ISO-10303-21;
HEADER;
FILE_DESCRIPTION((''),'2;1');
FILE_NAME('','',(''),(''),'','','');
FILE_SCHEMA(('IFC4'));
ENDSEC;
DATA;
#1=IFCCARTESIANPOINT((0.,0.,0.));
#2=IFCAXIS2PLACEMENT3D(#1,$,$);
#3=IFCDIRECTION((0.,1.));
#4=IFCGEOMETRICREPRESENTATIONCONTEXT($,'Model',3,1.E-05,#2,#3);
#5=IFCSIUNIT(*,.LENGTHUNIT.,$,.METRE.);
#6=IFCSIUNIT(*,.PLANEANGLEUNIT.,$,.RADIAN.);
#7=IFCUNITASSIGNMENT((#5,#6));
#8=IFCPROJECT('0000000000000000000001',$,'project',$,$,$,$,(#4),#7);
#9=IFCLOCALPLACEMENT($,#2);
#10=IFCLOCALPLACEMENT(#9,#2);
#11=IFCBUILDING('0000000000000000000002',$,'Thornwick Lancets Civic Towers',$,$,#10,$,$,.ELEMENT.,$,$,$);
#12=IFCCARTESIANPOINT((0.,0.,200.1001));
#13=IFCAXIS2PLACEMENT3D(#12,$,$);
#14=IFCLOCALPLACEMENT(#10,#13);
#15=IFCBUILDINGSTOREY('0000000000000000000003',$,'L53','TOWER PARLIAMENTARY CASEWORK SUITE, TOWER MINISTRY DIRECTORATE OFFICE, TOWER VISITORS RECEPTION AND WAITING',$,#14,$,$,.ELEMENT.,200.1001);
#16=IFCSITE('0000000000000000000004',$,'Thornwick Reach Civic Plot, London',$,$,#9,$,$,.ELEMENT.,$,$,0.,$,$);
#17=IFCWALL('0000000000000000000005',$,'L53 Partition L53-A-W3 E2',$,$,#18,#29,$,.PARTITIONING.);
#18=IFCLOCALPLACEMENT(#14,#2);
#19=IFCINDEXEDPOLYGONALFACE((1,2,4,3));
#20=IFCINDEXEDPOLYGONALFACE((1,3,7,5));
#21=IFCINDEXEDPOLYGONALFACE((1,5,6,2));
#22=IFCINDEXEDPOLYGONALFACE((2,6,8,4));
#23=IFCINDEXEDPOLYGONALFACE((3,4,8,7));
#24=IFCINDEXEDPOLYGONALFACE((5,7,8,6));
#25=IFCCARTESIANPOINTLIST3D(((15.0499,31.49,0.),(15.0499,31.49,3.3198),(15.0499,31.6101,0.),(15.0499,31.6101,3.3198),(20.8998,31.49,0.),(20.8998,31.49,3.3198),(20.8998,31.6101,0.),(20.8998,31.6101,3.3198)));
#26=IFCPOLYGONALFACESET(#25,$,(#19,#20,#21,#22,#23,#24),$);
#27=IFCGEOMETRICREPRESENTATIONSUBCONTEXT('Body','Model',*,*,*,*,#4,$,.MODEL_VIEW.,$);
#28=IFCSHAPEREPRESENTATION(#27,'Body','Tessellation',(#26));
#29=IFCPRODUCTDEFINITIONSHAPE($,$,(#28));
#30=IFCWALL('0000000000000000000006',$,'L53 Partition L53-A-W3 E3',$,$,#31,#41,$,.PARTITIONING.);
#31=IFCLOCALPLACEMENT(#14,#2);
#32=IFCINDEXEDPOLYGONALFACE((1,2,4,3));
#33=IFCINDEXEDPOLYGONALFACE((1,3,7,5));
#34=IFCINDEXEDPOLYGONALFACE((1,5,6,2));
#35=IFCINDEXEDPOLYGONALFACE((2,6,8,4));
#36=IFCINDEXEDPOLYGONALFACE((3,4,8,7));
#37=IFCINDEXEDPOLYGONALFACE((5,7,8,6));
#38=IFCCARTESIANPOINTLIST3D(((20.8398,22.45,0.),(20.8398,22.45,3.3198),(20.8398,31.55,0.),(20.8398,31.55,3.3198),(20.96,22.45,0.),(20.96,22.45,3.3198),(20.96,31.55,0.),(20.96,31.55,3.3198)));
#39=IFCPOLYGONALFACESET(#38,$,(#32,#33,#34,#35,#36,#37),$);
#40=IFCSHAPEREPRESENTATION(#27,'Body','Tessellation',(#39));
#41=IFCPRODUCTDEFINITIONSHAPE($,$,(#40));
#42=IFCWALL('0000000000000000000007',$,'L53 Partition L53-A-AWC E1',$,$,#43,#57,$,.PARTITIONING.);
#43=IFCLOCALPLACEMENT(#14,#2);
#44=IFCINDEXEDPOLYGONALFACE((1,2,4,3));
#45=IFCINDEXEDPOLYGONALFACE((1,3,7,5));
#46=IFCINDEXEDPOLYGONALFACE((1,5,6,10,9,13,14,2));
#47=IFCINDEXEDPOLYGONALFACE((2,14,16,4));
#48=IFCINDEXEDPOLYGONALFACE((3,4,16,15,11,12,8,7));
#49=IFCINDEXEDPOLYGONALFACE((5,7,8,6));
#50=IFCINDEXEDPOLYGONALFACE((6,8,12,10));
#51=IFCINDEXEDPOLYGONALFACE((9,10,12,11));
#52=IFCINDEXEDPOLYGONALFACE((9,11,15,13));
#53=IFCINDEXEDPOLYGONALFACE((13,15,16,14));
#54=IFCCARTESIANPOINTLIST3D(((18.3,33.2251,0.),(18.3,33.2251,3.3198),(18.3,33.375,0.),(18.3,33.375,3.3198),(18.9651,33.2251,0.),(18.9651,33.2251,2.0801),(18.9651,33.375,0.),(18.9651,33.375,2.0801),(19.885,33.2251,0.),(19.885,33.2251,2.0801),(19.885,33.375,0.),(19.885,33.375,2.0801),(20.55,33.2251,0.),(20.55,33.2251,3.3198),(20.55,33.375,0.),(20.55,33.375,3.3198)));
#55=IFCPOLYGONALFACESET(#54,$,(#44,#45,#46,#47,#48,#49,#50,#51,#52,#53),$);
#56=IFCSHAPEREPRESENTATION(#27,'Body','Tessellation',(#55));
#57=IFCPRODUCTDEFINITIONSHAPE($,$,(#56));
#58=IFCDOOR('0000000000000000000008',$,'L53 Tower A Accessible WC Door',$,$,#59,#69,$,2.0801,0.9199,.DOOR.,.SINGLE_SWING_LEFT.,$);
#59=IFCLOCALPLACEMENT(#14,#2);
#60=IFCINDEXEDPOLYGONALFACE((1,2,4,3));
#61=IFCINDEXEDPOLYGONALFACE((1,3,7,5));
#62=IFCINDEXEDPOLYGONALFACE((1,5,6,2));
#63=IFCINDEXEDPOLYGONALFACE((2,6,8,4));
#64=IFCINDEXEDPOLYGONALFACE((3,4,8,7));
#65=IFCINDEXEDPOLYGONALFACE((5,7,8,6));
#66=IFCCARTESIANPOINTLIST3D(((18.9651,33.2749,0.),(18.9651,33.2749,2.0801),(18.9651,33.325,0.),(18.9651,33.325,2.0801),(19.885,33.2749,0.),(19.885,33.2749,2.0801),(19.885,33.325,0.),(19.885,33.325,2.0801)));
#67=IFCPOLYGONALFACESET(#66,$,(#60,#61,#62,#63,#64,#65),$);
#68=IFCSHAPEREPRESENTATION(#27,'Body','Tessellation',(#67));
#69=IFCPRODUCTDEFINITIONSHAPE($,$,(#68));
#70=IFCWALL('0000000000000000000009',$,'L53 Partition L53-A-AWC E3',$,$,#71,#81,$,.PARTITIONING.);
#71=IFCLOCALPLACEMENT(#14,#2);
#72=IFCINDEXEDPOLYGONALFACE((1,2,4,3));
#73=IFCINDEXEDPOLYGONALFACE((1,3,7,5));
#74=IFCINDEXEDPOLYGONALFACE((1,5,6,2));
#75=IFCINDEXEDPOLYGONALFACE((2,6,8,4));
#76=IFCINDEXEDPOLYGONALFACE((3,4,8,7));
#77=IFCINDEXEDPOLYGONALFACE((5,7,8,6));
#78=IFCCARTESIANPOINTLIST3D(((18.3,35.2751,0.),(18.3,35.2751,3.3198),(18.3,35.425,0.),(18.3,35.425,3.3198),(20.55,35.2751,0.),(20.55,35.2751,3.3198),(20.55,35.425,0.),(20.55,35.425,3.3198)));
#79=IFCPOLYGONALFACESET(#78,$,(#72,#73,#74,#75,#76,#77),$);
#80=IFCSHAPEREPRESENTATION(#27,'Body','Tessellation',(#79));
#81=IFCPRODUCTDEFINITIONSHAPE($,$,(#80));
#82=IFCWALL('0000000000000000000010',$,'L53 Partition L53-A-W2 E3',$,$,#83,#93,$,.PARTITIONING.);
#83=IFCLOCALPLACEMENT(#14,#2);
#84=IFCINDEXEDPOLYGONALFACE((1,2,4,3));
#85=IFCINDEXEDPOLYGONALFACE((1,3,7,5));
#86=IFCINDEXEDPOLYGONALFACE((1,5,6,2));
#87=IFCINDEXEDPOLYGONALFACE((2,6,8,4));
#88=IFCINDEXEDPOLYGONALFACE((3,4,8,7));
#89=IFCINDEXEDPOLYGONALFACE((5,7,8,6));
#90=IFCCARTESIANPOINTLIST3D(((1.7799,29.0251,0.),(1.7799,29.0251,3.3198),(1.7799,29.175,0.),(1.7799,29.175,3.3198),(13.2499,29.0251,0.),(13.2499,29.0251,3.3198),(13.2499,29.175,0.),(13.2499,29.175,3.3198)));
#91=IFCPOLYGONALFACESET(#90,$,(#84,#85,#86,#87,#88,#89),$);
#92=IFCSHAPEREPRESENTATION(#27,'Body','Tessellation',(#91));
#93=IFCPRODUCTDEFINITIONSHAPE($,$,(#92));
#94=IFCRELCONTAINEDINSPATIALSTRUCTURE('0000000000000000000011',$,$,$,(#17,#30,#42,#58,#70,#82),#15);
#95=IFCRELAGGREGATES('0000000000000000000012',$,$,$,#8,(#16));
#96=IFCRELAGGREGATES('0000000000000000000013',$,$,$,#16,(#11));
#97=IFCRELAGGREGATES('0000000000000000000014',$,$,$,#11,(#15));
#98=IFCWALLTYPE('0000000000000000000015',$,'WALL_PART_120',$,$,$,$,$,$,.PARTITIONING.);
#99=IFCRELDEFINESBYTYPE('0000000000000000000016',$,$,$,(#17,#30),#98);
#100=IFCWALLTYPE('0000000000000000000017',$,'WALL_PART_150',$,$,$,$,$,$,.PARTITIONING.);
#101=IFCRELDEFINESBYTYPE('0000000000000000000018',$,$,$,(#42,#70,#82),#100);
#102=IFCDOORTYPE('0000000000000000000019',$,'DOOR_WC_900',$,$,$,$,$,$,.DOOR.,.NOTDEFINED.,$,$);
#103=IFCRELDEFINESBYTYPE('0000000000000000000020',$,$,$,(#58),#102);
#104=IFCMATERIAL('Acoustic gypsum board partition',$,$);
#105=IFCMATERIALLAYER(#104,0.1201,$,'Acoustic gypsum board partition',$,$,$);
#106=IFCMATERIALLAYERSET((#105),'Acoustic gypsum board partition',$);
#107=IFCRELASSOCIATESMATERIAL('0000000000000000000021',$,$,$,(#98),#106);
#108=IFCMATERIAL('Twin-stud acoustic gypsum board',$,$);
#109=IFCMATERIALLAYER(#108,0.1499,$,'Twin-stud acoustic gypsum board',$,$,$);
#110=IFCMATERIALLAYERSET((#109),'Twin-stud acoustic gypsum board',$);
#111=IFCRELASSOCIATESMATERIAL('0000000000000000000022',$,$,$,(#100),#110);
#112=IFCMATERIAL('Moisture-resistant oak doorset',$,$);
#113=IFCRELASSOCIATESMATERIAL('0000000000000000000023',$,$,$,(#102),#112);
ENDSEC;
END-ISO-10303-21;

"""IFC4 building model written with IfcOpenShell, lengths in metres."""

from ifc_helpers import new_model, si_unit, direction, frame, frame_2d, origin, place, context, subcontext, project, spatial, rectangle, extrude, material, layer, layer_set, type_object, element, fill, save


model = new_model("IFC4")

# Units and contexts
model_context = context("Model", 3, precision=1e-05, world=origin(), true_north=direction((0.0, 1.0)))
body_context = subcontext(model_context, "Body", "Model", "MODEL_VIEW")
ifc_project = project(units=[si_unit("LENGTHUNIT", "METRE"), si_unit("PLANEANGLEUNIT", "RADIAN")], contexts=[model_context])

# Site, building, storey
site_placement = place(None, origin())
site = spatial("IfcSite", under=ifc_project, at=site_placement, Name="Thornwick Reach Civic Plot, London", CompositionType="ELEMENT", RefElevation=0.0)
building_placement = place(site_placement, origin())
building = spatial("IfcBuilding", under=site, at=building_placement, Name="Thornwick Lancets Civic Towers", CompositionType="ELEMENT")
storey_placement = place(building_placement, frame((0.0, 0.0, 200.1001)))
storey = spatial("IfcBuildingStorey", under=building, at=storey_placement, Name="L53", Description="TOWER PARLIAMENTARY CASEWORK SUITE, TOWER MINISTRY DIRECTORATE OFFICE, TOWER VISITORS RECEPTION AND WAITING", CompositionType="ELEMENT", Elevation=200.1001)

# Shared definitions
ifc_material_1 = material(Name="Acoustic gypsum board partition")
ifc_layer_1 = layer(ifc_material_1, 0.1201, Name="Acoustic gypsum board partition")
ifc_layer_set_1 = layer_set([ifc_layer_1], Name="Acoustic gypsum board partition")
wall_type_1 = type_object("IfcWallType", Name="WALL_PART_120", PredefinedType="PARTITIONING", material=ifc_layer_set_1)

# Walls
wall_1_placement = place(storey_placement, frame((15.05, 31.55, 0.0), z_axis=(0.0, 0.0, 1.0), x_axis=(1.0, 0.0, 0.0)))
element("IfcWall", 1, at=wall_1_placement, inside=storey, type_object=wall_type_1, Name="L53 Partition L53-A-W3 E2", PredefinedType="PARTITIONING", context=body_context, shape_type="SweptSolid", body=[
    extrude(rectangle(XDim=5.8499, YDim=0.1201, at=frame_2d((2.9248, 0.0))), origin(), (0.0, 0.0, 1.0), 3.3198),
])
wall_2_placement = place(storey_placement, frame((20.8999, 31.55, 0.0), z_axis=(0.0, 0.0, 1.0), x_axis=(0.0, -1.0, 0.0)))
element("IfcWall", 2, at=wall_2_placement, inside=storey, type_object=wall_type_1, Name="L53 Partition L53-A-W3 E3", PredefinedType="PARTITIONING", context=body_context, shape_type="SweptSolid", body=[
    extrude(rectangle(XDim=9.1001, YDim=0.1201, at=frame_2d((4.55, 0.0))), origin(), (0.0, 0.0, 1.0), 3.3198),
])

# Wall, opening, door
ifc_material_2 = material(Name="Twin-stud acoustic gypsum board")
ifc_layer_2 = layer(ifc_material_2, 0.1499, Name="Twin-stud acoustic gypsum board")
ifc_layer_set_2 = layer_set([ifc_layer_2], Name="Twin-stud acoustic gypsum board")
wall_type_2 = type_object("IfcWallType", Name="WALL_PART_150", PredefinedType="PARTITIONING", material=ifc_layer_set_2)
wall_3_placement = place(storey_placement, frame((18.3, 33.3, 0.0), z_axis=(0.0, 0.0, 1.0), x_axis=(1.0, 0.0, 0.0)))
wall_3 = element("IfcWall", 3, at=wall_3_placement, inside=storey, type_object=wall_type_2, Name="L53 Partition L53-A-AWC E1", PredefinedType="PARTITIONING", context=body_context, shape_type="SweptSolid", body=[
    extrude(rectangle(XDim=2.25, YDim=0.1499, at=frame_2d((1.125, 0.0))), origin(), (0.0, 0.0, 1.0), 3.3198),
])
opening_1_placement = place(wall_3_placement, frame((0.665, 0.0, 0.0)))
opening_1 = element("IfcOpeningElement", 4, at=opening_1_placement, cuts=wall_3, PredefinedType="OPENING", context=body_context, shape_type="SweptSolid", body=[
    extrude(rectangle(XDim=0.9199, YDim=2.0801, at=frame_2d((0.46, 1.04))), frame((0.0, 0.085, 0.0), z_axis=(0.0, -1.0, 0.0), x_axis=(1.0, 0.0, 0.0)), (0.0, 0.0, 1.0), 0.1699),
])
ifc_material_3 = material(Name="Moisture-resistant oak doorset")
door_type_1 = type_object("IfcDoorType", Name="DOOR_WC_900", OperationType="NOTDEFINED", PredefinedType="DOOR", material=ifc_material_3)
door_1_placement = place(opening_1_placement, origin())
door_1 = element("IfcDoor", 5, at=door_1_placement, inside=storey, type_object=door_type_1, Name="L53 Tower A Accessible WC Door", OperationType="SINGLE_SWING_LEFT", OverallHeight=2.0801, OverallWidth=0.9199, PredefinedType="DOOR", context=body_context, shape_type="SweptSolid", body=[
    extrude(rectangle(XDim=0.9199, YDim=2.0801, at=frame_2d((0.46, 1.04))), frame((0.0, 0.0249, 0.0), z_axis=(0.0, -1.0, 0.0), x_axis=(1.0, 0.0, 0.0)), (0.0, 0.0, 1.0), 0.05),
])
fill(opening_1, door_1)

# Walls
wall_4_placement = place(storey_placement, frame((20.55, 35.3501, 0.0), z_axis=(0.0, 0.0, 1.0), x_axis=(-1.0, 0.0, 0.0)))
element("IfcWall", 6, at=wall_4_placement, inside=storey, type_object=wall_type_2, Name="L53 Partition L53-A-AWC E3", PredefinedType="PARTITIONING", context=body_context, shape_type="SweptSolid", body=[
    extrude(rectangle(XDim=2.25, YDim=0.1499, at=frame_2d((1.125, 0.0))), origin(), (0.0, 0.0, 1.0), 3.3198),
])
wall_5_placement = place(storey_placement, frame((1.78, 29.1001, 0.0), z_axis=(0.0, 0.0, 1.0), x_axis=(1.0, 0.0, 0.0)))
element("IfcWall", 7, at=wall_5_placement, inside=storey, type_object=wall_type_2, Name="L53 Partition L53-A-W2 E3", PredefinedType="PARTITIONING", context=body_context, shape_type="SweptSolid", body=[
    extrude(rectangle(XDim=11.47, YDim=0.1499, at=frame_2d((5.7349, 0.0))), origin(), (0.0, 0.0, 1.0), 3.3198),
])

save(model, "model.ifc")
